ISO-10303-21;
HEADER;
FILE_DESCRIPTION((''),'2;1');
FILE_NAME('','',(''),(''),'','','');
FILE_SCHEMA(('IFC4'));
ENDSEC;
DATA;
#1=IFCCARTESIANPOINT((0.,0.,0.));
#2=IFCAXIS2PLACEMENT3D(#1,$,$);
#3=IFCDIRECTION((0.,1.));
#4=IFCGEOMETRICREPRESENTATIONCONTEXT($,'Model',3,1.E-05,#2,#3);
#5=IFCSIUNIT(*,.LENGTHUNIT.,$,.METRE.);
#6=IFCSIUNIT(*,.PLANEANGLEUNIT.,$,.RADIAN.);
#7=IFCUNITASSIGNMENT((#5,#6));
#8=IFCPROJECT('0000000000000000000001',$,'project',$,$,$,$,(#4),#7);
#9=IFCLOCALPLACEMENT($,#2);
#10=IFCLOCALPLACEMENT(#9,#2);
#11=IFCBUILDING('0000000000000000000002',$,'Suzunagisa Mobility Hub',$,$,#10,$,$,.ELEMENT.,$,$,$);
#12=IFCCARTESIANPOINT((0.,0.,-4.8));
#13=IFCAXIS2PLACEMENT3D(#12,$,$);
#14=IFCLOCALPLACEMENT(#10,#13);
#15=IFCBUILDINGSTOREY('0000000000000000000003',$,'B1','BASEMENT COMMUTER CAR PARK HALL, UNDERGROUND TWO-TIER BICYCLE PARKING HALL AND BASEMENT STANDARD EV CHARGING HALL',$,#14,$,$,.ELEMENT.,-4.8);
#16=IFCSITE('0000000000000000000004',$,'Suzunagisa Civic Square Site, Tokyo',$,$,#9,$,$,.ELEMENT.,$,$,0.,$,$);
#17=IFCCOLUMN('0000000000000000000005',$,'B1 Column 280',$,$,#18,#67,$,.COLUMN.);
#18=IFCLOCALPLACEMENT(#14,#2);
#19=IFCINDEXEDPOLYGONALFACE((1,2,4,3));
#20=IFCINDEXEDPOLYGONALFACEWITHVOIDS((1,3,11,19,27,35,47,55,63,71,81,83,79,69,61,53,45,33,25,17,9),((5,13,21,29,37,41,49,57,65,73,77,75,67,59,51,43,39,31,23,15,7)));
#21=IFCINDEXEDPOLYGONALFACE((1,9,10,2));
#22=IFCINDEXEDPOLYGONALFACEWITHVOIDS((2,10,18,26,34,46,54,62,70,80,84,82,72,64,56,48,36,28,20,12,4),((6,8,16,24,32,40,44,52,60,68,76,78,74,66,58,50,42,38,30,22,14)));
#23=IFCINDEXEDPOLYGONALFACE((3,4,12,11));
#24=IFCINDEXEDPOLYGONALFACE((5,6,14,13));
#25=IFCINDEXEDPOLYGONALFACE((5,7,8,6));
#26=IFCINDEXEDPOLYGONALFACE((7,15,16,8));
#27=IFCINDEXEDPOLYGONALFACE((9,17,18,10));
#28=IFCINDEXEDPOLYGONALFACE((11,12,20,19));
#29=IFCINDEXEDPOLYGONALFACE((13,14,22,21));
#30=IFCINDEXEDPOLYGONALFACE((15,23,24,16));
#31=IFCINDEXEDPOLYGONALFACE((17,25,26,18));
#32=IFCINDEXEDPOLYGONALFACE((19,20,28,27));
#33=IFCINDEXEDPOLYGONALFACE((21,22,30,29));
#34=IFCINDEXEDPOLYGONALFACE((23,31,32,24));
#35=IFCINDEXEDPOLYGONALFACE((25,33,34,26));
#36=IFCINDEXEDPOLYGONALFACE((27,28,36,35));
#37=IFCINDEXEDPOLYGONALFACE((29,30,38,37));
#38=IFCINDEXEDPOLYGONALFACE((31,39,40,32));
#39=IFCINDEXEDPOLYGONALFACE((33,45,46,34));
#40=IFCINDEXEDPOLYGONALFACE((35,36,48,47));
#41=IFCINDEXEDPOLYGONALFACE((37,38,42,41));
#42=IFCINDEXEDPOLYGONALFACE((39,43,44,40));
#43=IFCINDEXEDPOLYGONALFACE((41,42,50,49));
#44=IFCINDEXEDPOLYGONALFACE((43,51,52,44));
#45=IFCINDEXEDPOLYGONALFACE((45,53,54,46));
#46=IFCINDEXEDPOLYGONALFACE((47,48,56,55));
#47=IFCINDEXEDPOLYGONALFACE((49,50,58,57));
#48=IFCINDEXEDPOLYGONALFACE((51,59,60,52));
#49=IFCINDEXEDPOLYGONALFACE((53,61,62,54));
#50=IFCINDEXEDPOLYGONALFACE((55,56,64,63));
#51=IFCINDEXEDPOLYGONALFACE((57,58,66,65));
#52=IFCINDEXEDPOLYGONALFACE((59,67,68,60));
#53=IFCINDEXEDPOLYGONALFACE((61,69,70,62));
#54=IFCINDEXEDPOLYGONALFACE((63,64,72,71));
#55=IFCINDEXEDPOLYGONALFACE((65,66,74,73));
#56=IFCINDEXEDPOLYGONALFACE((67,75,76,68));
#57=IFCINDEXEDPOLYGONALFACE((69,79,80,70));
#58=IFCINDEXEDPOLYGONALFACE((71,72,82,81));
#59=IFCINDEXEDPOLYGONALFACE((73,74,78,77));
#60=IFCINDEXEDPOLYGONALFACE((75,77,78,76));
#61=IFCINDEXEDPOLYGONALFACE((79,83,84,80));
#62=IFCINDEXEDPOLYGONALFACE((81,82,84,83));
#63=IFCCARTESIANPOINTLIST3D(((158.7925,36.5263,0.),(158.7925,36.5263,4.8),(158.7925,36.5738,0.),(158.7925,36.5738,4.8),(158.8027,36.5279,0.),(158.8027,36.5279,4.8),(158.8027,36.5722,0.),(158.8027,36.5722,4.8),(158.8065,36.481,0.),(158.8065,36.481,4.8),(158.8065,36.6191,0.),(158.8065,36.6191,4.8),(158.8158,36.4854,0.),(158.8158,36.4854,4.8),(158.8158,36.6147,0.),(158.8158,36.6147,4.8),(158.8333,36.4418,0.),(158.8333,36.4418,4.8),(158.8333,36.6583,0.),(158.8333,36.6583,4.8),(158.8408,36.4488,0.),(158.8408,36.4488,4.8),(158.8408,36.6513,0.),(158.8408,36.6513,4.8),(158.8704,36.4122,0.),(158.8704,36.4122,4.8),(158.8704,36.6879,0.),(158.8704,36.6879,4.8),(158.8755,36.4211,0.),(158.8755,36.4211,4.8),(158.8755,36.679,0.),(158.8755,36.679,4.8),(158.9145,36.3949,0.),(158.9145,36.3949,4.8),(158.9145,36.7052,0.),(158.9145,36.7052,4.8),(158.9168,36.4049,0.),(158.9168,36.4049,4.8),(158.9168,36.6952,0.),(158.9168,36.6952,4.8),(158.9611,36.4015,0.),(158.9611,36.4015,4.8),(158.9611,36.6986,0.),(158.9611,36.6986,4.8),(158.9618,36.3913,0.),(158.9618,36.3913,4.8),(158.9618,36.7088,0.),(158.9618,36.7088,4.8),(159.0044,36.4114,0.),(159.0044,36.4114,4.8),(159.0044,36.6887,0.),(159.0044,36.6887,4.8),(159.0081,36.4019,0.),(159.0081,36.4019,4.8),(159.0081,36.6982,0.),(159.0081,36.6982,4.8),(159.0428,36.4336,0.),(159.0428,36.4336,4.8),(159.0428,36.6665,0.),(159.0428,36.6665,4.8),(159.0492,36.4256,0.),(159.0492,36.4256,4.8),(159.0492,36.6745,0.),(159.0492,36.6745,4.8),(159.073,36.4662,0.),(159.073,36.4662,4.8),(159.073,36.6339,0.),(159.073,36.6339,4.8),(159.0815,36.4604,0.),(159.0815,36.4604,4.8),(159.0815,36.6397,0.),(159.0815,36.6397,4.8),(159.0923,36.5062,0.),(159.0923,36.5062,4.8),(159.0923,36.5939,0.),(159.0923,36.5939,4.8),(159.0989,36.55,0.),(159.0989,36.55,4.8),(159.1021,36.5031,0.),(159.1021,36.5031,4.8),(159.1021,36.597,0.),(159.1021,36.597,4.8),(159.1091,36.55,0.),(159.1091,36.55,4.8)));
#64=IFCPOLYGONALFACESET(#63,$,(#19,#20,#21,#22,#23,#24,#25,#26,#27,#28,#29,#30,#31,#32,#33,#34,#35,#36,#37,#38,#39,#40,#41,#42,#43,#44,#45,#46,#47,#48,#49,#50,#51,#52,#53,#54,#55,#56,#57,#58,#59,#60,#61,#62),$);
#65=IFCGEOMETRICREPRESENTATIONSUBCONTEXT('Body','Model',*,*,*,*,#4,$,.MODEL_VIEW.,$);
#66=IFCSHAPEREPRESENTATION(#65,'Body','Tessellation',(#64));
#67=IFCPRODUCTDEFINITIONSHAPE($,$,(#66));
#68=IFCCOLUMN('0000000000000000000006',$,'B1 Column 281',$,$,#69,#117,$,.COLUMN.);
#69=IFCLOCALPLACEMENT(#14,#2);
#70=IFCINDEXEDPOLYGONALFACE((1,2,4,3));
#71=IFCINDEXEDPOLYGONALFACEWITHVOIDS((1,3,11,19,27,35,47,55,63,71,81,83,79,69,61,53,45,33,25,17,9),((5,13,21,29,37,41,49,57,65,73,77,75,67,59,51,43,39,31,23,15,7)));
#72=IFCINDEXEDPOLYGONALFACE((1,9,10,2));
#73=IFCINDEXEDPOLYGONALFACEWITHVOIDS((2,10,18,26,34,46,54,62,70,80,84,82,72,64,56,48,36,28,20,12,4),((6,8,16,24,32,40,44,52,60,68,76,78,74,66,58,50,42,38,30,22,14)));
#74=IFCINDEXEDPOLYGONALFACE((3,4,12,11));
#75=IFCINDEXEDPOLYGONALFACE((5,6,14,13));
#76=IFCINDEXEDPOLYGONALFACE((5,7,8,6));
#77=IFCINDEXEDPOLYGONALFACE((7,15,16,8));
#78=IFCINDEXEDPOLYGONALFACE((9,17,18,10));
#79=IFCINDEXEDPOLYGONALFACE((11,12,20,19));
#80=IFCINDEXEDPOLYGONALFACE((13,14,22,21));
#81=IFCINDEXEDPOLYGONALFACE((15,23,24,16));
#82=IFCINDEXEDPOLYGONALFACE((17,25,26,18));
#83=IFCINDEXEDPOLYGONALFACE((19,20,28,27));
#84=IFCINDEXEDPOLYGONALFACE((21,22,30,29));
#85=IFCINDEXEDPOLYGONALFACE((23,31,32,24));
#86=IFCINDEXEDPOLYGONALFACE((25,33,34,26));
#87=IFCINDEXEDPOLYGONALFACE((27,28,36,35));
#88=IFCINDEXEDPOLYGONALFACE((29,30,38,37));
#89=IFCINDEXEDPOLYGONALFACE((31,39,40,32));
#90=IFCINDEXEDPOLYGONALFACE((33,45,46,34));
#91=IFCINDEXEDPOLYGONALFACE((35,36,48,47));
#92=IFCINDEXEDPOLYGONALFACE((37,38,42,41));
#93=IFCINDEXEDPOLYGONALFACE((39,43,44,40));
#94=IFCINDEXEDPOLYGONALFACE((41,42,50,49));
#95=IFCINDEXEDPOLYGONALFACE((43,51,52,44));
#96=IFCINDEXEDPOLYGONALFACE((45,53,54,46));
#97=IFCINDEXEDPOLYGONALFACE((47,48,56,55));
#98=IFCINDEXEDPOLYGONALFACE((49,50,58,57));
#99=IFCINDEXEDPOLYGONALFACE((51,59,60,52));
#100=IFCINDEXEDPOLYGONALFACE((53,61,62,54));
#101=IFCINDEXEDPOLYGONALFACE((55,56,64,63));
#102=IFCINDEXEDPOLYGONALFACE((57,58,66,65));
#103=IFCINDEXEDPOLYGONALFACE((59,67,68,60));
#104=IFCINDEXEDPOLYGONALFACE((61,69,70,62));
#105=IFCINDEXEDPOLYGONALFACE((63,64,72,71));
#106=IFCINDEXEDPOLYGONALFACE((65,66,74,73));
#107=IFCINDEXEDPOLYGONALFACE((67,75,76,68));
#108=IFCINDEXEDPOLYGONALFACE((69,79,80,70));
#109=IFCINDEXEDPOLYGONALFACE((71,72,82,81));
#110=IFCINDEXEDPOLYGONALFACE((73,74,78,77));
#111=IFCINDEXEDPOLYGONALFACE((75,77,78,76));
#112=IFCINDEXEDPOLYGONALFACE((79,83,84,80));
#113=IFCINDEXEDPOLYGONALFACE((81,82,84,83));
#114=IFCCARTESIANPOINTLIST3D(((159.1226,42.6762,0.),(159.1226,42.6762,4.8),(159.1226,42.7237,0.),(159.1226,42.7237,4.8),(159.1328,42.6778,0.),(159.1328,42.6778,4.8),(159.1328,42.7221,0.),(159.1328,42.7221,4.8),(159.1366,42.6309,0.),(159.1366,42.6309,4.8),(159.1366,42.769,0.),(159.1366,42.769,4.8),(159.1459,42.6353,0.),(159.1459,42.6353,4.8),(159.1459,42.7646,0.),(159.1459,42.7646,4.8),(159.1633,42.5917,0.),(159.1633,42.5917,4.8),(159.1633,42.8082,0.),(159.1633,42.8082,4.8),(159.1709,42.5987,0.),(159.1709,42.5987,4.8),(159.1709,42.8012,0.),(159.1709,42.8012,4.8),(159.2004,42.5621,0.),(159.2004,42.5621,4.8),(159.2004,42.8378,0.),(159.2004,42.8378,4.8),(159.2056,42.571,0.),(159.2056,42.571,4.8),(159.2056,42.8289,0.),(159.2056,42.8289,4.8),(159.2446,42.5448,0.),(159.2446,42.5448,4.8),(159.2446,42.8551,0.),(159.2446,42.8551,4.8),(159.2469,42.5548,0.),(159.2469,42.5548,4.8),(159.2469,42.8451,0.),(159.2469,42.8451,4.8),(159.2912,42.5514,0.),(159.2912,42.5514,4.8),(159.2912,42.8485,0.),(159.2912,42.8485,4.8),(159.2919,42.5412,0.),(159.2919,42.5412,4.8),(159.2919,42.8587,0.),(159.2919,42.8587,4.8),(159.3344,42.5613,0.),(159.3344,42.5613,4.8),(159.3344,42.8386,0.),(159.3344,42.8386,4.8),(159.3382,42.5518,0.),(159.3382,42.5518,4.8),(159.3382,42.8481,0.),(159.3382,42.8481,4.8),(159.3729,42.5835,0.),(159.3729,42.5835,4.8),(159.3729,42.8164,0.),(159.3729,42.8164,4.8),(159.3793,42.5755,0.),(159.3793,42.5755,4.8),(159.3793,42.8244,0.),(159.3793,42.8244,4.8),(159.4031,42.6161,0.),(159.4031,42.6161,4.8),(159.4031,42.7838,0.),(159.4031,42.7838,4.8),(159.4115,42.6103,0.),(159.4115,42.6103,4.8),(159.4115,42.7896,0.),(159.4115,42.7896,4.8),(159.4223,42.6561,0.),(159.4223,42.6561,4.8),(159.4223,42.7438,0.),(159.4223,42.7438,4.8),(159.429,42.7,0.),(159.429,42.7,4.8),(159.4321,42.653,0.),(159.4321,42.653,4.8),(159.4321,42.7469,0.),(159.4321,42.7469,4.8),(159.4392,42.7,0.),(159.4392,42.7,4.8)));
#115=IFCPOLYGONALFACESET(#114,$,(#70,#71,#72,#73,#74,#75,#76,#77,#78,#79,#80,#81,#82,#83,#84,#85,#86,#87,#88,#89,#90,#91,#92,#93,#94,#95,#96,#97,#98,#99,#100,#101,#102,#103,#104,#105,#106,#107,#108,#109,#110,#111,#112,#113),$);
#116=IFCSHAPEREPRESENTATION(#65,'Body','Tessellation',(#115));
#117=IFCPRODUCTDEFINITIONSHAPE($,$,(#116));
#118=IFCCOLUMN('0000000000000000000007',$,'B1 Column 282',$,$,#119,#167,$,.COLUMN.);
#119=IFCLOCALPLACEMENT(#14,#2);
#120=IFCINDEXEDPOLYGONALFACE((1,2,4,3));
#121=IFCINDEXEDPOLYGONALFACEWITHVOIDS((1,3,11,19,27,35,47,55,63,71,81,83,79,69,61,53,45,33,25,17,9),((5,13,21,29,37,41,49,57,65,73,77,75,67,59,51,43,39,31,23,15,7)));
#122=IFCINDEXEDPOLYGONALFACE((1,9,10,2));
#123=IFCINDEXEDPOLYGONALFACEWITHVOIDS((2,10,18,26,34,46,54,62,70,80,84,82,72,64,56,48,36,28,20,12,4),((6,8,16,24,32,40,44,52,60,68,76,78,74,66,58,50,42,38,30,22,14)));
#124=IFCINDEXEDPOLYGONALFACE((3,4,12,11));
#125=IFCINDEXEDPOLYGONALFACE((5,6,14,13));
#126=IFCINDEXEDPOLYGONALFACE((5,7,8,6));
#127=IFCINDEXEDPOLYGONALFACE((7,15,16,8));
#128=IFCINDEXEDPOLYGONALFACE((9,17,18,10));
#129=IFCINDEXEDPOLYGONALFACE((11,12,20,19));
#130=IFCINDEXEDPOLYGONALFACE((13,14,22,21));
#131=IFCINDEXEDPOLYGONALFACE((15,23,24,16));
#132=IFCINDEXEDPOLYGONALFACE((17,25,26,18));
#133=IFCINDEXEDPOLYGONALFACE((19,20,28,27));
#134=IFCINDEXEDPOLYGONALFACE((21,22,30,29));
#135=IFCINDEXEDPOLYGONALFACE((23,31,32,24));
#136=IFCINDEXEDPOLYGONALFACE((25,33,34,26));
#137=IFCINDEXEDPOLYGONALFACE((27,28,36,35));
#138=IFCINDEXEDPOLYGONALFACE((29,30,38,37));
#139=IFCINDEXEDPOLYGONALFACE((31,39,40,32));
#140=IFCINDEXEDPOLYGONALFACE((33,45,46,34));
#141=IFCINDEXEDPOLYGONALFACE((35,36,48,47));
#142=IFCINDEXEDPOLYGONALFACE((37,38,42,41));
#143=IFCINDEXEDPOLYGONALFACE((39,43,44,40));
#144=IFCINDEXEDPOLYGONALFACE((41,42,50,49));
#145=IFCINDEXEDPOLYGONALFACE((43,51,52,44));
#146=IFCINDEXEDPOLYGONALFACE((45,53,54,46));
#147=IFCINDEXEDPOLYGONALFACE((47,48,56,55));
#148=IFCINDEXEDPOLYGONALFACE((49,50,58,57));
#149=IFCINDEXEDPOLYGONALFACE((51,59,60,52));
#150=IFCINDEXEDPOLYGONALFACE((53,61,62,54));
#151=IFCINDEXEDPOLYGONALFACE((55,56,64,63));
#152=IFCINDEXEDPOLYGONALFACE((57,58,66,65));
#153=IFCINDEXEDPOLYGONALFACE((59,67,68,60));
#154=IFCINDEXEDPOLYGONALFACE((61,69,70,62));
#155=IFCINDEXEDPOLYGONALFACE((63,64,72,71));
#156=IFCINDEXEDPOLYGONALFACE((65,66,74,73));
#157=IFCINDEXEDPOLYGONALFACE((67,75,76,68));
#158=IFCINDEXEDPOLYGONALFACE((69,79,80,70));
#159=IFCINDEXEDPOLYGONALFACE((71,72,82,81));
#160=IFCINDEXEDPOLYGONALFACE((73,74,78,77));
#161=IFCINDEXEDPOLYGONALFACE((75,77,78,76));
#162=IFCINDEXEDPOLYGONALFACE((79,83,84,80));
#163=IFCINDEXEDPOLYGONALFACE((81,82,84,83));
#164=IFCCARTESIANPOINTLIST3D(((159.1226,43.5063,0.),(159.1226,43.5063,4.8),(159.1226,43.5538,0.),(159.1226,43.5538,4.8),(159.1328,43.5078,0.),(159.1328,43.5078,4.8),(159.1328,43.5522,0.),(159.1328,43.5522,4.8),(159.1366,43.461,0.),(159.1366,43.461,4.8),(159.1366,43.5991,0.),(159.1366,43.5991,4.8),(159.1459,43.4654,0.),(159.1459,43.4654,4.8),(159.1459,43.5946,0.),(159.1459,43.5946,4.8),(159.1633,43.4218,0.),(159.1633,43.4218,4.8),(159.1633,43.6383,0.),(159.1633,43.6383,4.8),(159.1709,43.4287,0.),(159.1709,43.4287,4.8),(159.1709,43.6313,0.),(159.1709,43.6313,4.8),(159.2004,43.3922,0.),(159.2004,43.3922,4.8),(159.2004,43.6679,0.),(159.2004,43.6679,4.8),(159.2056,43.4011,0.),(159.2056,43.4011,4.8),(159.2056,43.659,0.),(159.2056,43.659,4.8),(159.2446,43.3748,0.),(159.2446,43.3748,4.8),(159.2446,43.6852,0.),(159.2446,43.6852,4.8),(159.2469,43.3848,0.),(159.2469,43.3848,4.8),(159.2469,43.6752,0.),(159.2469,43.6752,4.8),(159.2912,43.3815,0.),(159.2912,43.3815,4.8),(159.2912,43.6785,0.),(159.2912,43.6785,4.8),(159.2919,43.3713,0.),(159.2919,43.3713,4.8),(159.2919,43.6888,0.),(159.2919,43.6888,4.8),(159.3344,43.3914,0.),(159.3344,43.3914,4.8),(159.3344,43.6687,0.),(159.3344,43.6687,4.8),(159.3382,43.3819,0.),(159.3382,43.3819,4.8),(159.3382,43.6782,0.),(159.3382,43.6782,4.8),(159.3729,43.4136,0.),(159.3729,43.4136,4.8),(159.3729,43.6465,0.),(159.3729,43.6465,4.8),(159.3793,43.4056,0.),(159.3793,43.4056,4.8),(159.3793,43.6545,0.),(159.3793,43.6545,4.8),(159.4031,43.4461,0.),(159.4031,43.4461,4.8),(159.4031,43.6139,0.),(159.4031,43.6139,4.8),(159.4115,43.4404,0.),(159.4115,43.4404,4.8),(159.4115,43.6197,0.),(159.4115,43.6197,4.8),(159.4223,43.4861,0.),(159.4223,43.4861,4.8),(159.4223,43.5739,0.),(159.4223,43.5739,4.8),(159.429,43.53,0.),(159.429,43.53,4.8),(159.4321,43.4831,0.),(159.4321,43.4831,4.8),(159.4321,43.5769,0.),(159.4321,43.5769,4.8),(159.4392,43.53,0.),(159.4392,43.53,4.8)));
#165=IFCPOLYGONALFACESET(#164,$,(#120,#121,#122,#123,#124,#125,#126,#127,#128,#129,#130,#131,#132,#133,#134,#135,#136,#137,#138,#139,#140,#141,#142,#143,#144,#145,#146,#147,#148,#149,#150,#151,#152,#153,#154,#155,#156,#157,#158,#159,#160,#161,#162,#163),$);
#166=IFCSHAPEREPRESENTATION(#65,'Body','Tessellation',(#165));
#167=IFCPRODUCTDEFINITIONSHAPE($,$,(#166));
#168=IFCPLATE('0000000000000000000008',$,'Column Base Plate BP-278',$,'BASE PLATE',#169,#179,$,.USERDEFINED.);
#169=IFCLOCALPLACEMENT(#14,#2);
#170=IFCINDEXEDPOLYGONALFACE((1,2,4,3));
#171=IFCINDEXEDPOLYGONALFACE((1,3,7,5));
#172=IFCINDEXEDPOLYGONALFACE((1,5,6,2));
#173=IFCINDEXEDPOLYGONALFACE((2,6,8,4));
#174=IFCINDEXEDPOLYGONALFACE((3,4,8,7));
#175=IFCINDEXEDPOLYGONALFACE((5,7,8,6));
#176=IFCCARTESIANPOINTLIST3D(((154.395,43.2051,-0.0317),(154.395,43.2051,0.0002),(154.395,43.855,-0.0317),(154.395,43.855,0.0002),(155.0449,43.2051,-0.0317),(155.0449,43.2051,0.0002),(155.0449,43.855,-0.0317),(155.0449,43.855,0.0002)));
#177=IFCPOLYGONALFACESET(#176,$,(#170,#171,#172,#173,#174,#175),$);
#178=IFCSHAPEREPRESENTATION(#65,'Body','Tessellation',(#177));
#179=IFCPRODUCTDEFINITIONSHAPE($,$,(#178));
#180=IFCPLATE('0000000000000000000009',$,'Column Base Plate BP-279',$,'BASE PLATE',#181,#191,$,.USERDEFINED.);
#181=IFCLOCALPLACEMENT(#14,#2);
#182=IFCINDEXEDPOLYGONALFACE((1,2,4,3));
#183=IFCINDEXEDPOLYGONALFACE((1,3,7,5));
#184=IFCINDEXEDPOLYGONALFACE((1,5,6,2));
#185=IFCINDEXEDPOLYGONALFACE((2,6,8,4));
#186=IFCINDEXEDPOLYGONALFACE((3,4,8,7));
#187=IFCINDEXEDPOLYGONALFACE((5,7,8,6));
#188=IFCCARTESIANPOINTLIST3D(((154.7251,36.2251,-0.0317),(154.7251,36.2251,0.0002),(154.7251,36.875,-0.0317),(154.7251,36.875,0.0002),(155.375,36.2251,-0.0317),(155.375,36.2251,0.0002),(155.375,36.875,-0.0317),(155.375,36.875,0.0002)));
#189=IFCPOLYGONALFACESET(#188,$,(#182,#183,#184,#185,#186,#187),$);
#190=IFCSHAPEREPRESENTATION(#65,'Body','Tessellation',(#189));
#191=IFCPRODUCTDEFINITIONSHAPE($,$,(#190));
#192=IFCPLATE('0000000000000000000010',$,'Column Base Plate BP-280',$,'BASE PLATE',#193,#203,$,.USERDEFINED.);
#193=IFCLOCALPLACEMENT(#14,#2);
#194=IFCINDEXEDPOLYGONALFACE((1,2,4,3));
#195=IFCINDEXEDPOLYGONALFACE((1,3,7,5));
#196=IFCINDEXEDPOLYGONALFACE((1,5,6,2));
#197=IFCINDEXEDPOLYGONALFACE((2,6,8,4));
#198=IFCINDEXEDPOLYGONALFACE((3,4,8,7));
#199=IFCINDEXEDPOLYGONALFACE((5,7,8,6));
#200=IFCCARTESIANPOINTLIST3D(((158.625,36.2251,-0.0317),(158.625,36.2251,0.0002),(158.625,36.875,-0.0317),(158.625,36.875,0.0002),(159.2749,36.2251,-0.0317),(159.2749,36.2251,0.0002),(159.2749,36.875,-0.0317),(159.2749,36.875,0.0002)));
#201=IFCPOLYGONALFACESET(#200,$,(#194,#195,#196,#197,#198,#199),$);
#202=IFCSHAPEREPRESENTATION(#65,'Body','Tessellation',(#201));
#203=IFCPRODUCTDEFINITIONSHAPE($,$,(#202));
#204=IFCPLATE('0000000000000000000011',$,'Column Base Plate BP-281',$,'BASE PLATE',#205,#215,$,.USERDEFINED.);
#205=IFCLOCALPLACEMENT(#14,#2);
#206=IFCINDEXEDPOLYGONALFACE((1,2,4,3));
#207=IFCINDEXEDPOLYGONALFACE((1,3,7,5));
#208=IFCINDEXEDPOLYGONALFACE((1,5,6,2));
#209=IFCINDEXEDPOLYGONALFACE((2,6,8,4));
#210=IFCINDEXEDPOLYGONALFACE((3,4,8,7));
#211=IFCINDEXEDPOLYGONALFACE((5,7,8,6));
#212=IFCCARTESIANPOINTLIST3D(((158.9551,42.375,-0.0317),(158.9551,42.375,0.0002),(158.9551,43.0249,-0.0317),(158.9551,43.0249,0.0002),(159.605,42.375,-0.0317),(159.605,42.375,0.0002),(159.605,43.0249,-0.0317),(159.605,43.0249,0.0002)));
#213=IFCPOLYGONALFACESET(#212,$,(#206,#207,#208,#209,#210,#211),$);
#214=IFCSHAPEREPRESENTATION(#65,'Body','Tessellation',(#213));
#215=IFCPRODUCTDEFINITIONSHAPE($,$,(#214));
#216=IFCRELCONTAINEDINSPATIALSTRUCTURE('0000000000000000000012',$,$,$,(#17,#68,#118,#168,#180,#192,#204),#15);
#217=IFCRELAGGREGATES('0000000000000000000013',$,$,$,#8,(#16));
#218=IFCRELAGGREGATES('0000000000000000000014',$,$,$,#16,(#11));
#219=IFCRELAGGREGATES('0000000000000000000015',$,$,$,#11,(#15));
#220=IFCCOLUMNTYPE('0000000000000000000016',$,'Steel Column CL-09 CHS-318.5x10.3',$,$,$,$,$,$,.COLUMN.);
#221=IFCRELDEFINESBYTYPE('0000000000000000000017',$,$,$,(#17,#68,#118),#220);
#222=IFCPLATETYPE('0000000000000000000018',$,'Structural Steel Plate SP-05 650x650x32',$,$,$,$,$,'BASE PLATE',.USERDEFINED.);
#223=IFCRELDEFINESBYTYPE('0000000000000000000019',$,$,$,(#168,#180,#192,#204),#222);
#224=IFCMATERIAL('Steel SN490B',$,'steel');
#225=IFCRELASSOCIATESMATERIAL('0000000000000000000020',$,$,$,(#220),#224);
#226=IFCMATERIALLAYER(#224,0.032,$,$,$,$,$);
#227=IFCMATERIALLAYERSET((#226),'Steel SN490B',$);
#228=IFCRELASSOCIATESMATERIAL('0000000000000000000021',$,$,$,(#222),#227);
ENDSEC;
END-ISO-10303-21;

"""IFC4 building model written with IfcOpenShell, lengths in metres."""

from ifc_helpers import new_model, si_unit, direction, frame, origin, origin_2d, place, context, subcontext, project, spatial, rectangle, hollow_circle, extrude, material, layer, layer_set, material_profile, profile_set, type_object, element, save


model = new_model("IFC4")

# Units and contexts
model_context = context("Model", 3, precision=1e-05, world=origin(), true_north=direction((0.0, 1.0)))
body_context = subcontext(model_context, "Body", "Model", "MODEL_VIEW")
ifc_project = project(units=[si_unit("LENGTHUNIT", "METRE"), si_unit("PLANEANGLEUNIT", "RADIAN")], contexts=[model_context])

# Site, building, storey
site_placement = place(None, origin())
site = spatial("IfcSite", under=ifc_project, at=site_placement, Name="Suzunagisa Civic Square Site, Tokyo", CompositionType="ELEMENT", RefElevation=0.0)
building_placement = place(site_placement, origin())
building = spatial("IfcBuilding", under=site, at=building_placement, Name="Suzunagisa Mobility Hub", CompositionType="ELEMENT")
storey_placement = place(building_placement, frame((0.0, 0.0, -4.8)))
storey = spatial("IfcBuildingStorey", under=building, at=storey_placement, Name="B1", Description="BASEMENT COMMUTER CAR PARK HALL, UNDERGROUND TWO-TIER BICYCLE PARKING HALL AND BASEMENT STANDARD EV CHARGING HALL", CompositionType="ELEMENT", Elevation=-4.8)

# Columns
ifc_material_1 = material(Name="Steel SN490B", Category="steel")
ifc_material_profile_1 = material_profile(ifc_material_1, hollow_circle(Radius=0.1592, WallThickness=0.0103, at=origin_2d()), Name="CHS-318.5x10.3")
ifc_profile_set_1 = profile_set([ifc_material_profile_1], Name="Steel SN490B")
column_type = type_object("IfcColumnType", Name="Steel Column CL-09 CHS-318.5x10.3", PredefinedType="COLUMN", material=ifc_profile_set_1)
for number, where, z_axis, x_axis, name in (
    (1, (158.95, 36.55, 0.0), (0.0, 0.0, 1.0), (1.0, 0.0, 0.0), "B1 Column 280"),
    (2, (159.28, 42.7, 0.0), (0.0, 0.0, 1.0), (1.0, 0.0, 0.0), "B1 Column 281"),
    (3, (159.28, 43.53, 0.0), (0.0, 0.0, 1.0), (1.0, 0.0, 0.0), "B1 Column 282"),
):
    element("IfcColumn", number, at=place(storey_placement, frame(where, z_axis=z_axis, x_axis=x_axis)), inside=storey, type_object=column_type, Name=name, PredefinedType="COLUMN", context=body_context, shape_type="SweptSolid", body=[
        extrude(hollow_circle(Radius=0.1592, WallThickness=0.0103, at=origin_2d()), origin(), (0.0, 0.0, 1.0), 4.8),
    ])

# Plates
ifc_layer_1 = layer(ifc_material_1, 0.032)
ifc_layer_set_1 = layer_set([ifc_layer_1], Name="Steel SN490B")
plate_type = type_object("IfcPlateType", Name="Structural Steel Plate SP-05 650x650x32", ElementType="BASE PLATE", PredefinedType="USERDEFINED", material=ifc_layer_set_1)
for number, where, z_axis, x_axis, name in (
    (4, (154.72, 43.53, -0.0317), (0.0, 0.0, 1.0), (1.0, 0.0, 0.0), "Column Base Plate BP-278"),
    (5, (155.05, 36.55, -0.0317), (0.0, 0.0, 1.0), (1.0, 0.0, 0.0), "Column Base Plate BP-279"),
    (6, (158.95, 36.55, -0.0317), (0.0, 0.0, 1.0), (1.0, 0.0, 0.0), "Column Base Plate BP-280"),
    (7, (159.28, 42.7, -0.0317), (0.0, 0.0, 1.0), (1.0, 0.0, 0.0), "Column Base Plate BP-281"),
):
    element("IfcPlate", number, at=place(storey_placement, frame(where, z_axis=z_axis, x_axis=x_axis)), inside=storey, type_object=plate_type, Name=name, ObjectType="BASE PLATE", PredefinedType="USERDEFINED", context=body_context, shape_type="SweptSolid", body=[
        extrude(rectangle(XDim=0.6499, YDim=0.6499, at=origin_2d()), origin(), (0.0, 0.0, 1.0), 0.032),
    ])

save(model, "model.ifc")
